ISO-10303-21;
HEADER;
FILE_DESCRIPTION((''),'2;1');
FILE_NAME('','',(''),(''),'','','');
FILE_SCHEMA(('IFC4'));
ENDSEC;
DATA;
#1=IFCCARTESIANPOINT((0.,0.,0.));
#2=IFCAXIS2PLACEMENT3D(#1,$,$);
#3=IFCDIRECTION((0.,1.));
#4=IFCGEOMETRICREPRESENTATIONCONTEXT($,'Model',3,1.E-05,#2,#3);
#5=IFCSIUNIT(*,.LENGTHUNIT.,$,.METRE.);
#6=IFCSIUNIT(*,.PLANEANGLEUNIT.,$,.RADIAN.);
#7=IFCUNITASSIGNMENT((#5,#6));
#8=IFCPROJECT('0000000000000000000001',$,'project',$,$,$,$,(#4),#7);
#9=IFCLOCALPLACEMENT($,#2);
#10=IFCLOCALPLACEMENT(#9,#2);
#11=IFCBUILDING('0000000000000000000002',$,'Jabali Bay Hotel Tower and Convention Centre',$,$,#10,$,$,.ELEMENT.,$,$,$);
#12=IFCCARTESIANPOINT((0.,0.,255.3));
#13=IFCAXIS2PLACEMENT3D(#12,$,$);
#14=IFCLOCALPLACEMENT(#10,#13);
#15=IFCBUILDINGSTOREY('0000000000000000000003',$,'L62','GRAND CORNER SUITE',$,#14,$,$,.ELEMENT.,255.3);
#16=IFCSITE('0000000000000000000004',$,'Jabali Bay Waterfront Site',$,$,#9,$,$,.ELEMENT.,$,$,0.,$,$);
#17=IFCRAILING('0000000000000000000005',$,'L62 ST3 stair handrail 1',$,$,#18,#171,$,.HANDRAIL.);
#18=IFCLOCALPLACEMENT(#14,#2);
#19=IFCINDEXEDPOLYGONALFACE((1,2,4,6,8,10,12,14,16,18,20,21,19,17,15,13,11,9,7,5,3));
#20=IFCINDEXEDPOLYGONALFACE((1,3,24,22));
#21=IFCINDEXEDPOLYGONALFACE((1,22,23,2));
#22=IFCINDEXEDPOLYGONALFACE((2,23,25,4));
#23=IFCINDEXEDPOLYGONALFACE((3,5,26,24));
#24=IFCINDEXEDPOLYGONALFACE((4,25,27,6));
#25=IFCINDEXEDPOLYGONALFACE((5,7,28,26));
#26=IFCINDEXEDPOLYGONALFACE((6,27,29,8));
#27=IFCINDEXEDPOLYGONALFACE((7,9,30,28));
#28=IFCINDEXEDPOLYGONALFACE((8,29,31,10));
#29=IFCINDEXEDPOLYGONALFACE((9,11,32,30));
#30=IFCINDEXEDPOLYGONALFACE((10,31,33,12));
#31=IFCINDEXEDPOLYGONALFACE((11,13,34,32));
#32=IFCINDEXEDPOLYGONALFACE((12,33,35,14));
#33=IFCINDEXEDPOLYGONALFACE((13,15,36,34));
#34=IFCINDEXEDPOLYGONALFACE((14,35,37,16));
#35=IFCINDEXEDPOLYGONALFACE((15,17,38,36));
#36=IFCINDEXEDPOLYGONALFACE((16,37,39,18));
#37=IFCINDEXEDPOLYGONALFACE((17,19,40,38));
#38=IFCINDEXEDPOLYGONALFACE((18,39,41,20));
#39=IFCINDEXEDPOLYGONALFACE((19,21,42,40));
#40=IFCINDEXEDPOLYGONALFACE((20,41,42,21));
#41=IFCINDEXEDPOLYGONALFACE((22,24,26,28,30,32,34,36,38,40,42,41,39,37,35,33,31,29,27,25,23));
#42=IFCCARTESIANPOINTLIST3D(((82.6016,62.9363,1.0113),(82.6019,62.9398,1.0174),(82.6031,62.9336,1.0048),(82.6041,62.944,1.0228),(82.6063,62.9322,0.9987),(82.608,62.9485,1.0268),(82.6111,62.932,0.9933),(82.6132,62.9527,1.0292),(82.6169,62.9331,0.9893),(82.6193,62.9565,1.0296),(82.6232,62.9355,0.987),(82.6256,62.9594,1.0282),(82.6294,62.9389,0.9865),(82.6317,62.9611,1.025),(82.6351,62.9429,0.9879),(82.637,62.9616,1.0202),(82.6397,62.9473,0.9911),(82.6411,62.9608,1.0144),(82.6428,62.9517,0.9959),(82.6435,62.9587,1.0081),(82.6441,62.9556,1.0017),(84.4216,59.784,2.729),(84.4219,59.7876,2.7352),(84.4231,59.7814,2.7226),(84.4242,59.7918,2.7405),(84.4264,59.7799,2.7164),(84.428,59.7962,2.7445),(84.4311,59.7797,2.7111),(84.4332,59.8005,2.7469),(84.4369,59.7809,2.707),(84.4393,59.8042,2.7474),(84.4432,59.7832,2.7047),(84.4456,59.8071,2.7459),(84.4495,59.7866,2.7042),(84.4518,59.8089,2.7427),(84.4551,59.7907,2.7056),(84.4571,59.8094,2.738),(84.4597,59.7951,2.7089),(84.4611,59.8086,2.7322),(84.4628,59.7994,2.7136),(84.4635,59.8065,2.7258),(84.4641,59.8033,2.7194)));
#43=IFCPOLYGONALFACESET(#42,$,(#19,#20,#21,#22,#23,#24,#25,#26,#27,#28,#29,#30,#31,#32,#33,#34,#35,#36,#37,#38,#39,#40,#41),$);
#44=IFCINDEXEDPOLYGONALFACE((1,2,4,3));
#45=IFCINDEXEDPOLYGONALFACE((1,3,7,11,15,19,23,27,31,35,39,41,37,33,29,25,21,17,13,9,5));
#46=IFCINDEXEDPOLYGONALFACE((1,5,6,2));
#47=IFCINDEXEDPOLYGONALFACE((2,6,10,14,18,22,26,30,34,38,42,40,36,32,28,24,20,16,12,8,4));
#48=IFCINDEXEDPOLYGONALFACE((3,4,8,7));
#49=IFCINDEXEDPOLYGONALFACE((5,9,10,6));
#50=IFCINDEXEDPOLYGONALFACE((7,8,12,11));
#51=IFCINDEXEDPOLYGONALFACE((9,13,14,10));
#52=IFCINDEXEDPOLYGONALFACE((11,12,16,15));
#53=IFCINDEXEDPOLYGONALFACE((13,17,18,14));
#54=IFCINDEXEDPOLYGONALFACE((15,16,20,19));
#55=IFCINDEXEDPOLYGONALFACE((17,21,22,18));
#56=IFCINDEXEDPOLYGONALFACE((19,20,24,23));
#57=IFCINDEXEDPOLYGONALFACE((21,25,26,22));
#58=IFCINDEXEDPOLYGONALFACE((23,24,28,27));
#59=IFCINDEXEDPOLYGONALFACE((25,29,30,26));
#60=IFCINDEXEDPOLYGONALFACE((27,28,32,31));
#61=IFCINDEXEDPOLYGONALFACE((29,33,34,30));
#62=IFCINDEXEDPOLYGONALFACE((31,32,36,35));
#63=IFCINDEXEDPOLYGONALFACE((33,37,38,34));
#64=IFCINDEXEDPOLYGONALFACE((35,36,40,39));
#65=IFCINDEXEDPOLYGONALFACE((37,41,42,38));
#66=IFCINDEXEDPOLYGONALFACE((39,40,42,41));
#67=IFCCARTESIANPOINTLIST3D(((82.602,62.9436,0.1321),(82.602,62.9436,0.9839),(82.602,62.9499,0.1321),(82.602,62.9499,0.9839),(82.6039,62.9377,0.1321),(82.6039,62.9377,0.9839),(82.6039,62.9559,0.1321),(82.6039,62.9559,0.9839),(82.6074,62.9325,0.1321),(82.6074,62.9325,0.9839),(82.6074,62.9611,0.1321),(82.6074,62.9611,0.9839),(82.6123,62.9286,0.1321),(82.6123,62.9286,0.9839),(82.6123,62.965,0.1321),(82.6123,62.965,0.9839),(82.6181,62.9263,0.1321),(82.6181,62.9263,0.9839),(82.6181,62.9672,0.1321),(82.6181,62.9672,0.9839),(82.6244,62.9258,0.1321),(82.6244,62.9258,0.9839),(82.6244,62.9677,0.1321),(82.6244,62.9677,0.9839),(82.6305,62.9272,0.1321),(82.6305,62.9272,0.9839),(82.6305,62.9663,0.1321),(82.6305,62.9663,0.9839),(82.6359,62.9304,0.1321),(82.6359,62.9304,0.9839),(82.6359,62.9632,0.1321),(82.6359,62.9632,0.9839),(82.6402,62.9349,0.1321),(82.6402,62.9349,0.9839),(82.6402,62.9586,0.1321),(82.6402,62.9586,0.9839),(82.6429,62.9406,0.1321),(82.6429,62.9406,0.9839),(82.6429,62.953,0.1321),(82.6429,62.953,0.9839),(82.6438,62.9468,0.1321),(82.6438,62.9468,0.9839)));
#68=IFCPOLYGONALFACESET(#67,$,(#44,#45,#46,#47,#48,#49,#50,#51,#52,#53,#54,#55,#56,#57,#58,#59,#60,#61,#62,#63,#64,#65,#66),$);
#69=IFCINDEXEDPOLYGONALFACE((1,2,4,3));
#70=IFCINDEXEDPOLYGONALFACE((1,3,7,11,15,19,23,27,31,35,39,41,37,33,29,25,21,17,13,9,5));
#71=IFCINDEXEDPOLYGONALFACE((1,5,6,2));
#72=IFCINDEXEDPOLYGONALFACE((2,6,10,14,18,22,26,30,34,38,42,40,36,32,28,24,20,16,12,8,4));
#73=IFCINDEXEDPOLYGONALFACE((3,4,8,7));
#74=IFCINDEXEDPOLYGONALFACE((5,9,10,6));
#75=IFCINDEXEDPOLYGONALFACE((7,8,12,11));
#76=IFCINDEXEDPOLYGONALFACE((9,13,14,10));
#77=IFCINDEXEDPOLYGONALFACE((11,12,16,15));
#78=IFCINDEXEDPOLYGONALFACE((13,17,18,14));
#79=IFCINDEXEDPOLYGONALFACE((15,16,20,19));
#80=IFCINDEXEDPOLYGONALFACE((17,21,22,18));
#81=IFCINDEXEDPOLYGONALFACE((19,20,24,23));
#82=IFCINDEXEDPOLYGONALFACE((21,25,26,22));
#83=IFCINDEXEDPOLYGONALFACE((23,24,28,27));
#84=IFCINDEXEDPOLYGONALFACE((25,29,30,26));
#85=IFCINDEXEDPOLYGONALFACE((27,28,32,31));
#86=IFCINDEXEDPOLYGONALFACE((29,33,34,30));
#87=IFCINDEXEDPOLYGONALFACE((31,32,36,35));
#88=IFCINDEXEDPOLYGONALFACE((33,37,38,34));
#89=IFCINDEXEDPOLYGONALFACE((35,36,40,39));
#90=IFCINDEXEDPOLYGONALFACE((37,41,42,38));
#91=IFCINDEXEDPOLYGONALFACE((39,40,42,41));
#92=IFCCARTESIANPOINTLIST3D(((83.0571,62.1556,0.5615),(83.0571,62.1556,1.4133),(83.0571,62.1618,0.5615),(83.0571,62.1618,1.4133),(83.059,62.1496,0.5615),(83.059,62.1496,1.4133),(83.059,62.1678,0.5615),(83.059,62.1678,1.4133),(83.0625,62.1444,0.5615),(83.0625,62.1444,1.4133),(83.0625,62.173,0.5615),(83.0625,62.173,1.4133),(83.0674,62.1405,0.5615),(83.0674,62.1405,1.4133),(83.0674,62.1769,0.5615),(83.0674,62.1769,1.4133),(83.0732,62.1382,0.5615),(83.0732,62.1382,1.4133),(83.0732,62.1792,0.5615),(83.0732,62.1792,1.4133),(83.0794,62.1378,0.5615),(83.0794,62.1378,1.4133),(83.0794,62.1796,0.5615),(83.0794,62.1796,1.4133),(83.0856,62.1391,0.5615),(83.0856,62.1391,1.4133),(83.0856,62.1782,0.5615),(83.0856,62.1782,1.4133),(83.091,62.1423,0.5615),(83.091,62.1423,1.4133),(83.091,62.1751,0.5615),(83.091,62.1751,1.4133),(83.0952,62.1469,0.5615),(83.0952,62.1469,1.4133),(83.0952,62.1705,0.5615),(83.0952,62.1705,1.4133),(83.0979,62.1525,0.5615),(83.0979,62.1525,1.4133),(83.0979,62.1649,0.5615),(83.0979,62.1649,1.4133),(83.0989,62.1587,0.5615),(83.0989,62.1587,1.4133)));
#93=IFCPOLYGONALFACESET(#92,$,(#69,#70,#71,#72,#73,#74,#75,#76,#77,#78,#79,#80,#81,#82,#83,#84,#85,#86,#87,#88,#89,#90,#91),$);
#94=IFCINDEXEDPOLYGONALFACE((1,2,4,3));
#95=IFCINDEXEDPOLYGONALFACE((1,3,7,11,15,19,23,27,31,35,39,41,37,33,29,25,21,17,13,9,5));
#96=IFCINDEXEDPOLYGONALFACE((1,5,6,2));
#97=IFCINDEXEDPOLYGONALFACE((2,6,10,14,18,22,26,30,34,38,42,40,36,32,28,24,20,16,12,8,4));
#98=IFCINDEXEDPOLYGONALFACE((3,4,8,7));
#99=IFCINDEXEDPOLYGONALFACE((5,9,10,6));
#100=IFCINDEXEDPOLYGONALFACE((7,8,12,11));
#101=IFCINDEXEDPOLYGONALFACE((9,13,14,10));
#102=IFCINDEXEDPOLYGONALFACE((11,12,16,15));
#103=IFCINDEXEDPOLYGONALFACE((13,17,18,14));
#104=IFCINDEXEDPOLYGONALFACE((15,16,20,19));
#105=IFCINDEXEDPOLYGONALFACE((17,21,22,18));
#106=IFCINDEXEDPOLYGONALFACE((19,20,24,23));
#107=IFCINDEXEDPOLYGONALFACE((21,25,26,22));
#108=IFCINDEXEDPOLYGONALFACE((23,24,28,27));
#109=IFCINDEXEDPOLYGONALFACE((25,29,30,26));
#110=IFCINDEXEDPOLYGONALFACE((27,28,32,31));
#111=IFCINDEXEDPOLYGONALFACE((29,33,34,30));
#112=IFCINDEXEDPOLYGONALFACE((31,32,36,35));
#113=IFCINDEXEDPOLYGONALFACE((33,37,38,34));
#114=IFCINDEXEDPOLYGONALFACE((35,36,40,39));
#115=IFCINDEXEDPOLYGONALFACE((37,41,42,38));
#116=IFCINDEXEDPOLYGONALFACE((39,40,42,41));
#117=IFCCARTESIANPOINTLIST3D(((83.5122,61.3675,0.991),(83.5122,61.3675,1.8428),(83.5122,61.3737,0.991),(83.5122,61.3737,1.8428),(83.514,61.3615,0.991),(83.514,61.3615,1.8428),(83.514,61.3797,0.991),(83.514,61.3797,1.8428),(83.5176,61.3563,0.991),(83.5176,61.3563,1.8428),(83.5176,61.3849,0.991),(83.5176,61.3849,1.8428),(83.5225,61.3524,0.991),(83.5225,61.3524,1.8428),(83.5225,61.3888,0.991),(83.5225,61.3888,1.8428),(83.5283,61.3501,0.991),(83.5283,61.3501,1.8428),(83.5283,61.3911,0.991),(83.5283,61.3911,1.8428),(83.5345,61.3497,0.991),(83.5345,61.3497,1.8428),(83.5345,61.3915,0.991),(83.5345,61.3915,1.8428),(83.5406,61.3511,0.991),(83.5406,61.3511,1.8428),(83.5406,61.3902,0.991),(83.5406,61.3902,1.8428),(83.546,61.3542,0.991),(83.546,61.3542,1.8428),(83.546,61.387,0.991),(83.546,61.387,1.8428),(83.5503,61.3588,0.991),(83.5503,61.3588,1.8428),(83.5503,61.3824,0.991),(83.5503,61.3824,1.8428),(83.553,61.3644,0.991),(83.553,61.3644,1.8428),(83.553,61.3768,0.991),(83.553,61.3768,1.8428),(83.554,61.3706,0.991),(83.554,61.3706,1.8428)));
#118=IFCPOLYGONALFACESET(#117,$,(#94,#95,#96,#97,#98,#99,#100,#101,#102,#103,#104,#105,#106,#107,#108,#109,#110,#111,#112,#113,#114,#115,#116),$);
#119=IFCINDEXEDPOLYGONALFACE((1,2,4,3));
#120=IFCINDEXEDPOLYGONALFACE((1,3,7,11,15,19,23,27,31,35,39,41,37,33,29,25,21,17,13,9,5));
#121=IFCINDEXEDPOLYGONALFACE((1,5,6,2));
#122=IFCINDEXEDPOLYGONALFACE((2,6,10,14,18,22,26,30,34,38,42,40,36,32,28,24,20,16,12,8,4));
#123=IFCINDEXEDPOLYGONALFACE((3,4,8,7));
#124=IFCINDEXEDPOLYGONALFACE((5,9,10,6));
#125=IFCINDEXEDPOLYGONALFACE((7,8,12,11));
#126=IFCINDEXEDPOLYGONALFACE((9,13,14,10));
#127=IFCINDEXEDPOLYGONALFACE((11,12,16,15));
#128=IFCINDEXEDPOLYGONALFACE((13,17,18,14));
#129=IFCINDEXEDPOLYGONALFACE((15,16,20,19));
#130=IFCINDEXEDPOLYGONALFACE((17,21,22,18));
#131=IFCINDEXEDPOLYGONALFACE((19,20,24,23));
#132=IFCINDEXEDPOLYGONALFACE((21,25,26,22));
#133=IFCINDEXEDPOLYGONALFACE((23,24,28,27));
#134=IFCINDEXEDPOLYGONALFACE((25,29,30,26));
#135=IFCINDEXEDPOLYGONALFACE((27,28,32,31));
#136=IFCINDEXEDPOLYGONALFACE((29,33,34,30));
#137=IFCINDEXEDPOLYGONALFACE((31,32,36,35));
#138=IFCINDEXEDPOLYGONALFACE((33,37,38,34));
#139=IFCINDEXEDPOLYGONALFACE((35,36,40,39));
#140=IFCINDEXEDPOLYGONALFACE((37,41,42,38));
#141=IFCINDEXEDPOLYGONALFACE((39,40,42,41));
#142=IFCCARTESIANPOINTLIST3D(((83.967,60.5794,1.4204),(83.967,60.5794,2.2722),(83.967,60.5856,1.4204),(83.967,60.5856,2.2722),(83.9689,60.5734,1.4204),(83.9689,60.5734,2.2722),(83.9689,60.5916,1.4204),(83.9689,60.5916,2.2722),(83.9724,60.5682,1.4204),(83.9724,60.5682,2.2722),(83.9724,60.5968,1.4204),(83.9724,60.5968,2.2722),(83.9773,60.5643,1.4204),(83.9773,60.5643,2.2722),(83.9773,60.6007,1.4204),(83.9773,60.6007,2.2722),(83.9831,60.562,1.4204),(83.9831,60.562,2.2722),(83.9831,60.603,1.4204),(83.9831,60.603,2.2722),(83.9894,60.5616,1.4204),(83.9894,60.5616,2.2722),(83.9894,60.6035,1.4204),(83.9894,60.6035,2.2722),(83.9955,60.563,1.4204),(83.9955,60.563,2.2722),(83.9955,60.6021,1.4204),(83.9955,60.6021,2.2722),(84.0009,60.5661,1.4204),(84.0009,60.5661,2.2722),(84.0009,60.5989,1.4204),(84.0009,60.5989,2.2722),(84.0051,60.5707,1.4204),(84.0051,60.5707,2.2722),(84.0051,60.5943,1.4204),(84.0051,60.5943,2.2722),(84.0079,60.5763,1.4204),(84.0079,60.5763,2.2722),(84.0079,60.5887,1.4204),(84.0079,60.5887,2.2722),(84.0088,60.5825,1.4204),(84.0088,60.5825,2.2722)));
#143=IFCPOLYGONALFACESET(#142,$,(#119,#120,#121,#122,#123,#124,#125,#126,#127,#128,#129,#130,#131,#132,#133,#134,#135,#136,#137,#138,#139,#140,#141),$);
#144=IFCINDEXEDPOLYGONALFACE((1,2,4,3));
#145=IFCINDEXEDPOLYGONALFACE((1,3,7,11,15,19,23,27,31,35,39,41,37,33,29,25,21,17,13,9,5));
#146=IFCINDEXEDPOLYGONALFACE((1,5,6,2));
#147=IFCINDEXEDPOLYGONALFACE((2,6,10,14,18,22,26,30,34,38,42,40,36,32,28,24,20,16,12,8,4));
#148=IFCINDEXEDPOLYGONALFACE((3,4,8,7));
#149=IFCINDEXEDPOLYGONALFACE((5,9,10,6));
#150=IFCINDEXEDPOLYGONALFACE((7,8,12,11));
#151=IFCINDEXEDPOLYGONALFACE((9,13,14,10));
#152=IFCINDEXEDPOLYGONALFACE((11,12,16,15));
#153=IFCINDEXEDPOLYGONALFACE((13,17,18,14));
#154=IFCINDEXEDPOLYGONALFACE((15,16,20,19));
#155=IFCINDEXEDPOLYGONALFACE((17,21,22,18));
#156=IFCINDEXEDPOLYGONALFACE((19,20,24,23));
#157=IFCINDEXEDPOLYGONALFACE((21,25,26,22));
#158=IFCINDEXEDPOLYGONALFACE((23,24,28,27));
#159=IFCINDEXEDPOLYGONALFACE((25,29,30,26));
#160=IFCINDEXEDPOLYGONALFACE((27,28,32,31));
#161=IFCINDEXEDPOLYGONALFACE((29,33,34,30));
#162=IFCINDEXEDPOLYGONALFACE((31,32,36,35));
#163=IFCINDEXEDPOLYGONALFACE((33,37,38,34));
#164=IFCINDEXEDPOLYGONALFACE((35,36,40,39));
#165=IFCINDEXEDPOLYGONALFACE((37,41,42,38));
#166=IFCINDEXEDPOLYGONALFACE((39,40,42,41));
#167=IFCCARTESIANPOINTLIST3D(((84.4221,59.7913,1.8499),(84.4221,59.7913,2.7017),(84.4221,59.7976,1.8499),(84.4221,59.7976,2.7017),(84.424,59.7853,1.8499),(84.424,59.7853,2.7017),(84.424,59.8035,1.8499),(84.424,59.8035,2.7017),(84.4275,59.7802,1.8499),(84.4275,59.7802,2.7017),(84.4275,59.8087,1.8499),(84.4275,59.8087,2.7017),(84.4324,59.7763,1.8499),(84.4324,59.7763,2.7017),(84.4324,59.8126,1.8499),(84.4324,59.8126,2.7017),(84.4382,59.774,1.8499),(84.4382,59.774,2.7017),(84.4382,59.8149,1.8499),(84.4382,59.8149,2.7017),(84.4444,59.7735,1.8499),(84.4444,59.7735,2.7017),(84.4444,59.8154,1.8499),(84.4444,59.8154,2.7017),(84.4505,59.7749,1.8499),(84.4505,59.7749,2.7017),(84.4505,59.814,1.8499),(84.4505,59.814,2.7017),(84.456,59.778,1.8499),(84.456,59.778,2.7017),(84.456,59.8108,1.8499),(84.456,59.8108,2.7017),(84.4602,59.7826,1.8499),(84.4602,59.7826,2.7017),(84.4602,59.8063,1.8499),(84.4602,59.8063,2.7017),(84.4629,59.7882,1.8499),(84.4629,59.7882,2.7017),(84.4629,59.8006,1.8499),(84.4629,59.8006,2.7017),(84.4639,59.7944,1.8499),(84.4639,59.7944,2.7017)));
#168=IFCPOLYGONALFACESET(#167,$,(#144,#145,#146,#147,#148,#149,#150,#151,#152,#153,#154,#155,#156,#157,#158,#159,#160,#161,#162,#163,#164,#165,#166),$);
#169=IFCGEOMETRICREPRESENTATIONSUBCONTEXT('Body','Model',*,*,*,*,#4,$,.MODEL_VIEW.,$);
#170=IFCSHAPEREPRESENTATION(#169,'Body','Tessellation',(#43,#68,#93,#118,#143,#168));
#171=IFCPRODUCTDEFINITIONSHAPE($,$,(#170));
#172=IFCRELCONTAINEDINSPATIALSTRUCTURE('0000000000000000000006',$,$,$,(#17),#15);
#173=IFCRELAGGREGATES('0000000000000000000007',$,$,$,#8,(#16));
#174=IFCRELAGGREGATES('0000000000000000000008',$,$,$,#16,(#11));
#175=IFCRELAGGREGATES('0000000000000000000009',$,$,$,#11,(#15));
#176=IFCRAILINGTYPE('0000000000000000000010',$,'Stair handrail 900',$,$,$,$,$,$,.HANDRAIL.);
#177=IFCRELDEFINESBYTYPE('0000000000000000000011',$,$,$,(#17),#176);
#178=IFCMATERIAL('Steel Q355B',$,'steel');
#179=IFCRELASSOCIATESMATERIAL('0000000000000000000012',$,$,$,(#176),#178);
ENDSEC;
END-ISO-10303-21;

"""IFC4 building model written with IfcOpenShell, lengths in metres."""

from ifc_helpers import new_model, si_unit, direction, frame, origin, origin_2d, place, context, subcontext, project, spatial, circle, extrude, material, type_object, element, save


model = new_model("IFC4")

# Units and contexts
model_context = context("Model", 3, precision=1e-05, world=origin(), true_north=direction((0.0, 1.0)))
body_context = subcontext(model_context, "Body", "Model", "MODEL_VIEW")
ifc_project = project(units=[si_unit("LENGTHUNIT", "METRE"), si_unit("PLANEANGLEUNIT", "RADIAN")], contexts=[model_context])

# Site, building, storey
site_placement = place(None, origin())
site = spatial("IfcSite", under=ifc_project, at=site_placement, Name="Jabali Bay Waterfront Site", CompositionType="ELEMENT", RefElevation=0.0)
building_placement = place(site_placement, origin())
building = spatial("IfcBuilding", under=site, at=building_placement, Name="Jabali Bay Hotel Tower and Convention Centre", CompositionType="ELEMENT")
storey_placement = place(building_placement, frame((0.0, 0.0, 255.3)))
storey = spatial("IfcBuildingStorey", under=building, at=storey_placement, Name="L62", Description="GRAND CORNER SUITE", CompositionType="ELEMENT", Elevation=255.3)

# Railing
ifc_material_1 = material(Name="Steel Q355B", Category="steel")
railing_type_1 = type_object("IfcRailingType", Name="Stair handrail 900", PredefinedType="HANDRAIL", material=ifc_material_1)
railing_1_placement = place(storey_placement, frame((82.6228, 62.9468, 0.1321)))
element("IfcRailing", 1, at=railing_1_placement, inside=storey, type_object=railing_type_1, Name="L62 ST3 stair handrail 1", PredefinedType="HANDRAIL", context=body_context, shape_type="SweptSolid", body=[
    extrude(circle(Radius=0.0239, at=origin_2d()), frame((0.0, 0.0, 0.876), z_axis=(0.45219, -0.78319, 0.426775), x_axis=(0.866018, 0.500013, 0.0)), (0.0, 0.0, 1.0), 4.0249),
    extrude(circle(Radius=0.021, at=origin_2d()), origin(), (0.0, 0.0, 1.0), 0.8518),
    extrude(circle(Radius=0.021, at=origin_2d()), frame((0.4551, -0.7881, 0.4294)), (0.0, 0.0, 1.0), 0.8518),
    extrude(circle(Radius=0.021, at=origin_2d()), frame((0.9102, -1.5762, 0.8589)), (0.0, 0.0, 1.0), 0.8518),
    extrude(circle(Radius=0.021, at=origin_2d()), frame((1.365, -2.3643, 1.2883)), (0.0, 0.0, 1.0), 0.8518),
    extrude(circle(Radius=0.021, at=origin_2d()), frame((1.8201, -3.1523, 1.7178)), (0.0, 0.0, 1.0), 0.8518),
])

save(model, "model.ifc")
